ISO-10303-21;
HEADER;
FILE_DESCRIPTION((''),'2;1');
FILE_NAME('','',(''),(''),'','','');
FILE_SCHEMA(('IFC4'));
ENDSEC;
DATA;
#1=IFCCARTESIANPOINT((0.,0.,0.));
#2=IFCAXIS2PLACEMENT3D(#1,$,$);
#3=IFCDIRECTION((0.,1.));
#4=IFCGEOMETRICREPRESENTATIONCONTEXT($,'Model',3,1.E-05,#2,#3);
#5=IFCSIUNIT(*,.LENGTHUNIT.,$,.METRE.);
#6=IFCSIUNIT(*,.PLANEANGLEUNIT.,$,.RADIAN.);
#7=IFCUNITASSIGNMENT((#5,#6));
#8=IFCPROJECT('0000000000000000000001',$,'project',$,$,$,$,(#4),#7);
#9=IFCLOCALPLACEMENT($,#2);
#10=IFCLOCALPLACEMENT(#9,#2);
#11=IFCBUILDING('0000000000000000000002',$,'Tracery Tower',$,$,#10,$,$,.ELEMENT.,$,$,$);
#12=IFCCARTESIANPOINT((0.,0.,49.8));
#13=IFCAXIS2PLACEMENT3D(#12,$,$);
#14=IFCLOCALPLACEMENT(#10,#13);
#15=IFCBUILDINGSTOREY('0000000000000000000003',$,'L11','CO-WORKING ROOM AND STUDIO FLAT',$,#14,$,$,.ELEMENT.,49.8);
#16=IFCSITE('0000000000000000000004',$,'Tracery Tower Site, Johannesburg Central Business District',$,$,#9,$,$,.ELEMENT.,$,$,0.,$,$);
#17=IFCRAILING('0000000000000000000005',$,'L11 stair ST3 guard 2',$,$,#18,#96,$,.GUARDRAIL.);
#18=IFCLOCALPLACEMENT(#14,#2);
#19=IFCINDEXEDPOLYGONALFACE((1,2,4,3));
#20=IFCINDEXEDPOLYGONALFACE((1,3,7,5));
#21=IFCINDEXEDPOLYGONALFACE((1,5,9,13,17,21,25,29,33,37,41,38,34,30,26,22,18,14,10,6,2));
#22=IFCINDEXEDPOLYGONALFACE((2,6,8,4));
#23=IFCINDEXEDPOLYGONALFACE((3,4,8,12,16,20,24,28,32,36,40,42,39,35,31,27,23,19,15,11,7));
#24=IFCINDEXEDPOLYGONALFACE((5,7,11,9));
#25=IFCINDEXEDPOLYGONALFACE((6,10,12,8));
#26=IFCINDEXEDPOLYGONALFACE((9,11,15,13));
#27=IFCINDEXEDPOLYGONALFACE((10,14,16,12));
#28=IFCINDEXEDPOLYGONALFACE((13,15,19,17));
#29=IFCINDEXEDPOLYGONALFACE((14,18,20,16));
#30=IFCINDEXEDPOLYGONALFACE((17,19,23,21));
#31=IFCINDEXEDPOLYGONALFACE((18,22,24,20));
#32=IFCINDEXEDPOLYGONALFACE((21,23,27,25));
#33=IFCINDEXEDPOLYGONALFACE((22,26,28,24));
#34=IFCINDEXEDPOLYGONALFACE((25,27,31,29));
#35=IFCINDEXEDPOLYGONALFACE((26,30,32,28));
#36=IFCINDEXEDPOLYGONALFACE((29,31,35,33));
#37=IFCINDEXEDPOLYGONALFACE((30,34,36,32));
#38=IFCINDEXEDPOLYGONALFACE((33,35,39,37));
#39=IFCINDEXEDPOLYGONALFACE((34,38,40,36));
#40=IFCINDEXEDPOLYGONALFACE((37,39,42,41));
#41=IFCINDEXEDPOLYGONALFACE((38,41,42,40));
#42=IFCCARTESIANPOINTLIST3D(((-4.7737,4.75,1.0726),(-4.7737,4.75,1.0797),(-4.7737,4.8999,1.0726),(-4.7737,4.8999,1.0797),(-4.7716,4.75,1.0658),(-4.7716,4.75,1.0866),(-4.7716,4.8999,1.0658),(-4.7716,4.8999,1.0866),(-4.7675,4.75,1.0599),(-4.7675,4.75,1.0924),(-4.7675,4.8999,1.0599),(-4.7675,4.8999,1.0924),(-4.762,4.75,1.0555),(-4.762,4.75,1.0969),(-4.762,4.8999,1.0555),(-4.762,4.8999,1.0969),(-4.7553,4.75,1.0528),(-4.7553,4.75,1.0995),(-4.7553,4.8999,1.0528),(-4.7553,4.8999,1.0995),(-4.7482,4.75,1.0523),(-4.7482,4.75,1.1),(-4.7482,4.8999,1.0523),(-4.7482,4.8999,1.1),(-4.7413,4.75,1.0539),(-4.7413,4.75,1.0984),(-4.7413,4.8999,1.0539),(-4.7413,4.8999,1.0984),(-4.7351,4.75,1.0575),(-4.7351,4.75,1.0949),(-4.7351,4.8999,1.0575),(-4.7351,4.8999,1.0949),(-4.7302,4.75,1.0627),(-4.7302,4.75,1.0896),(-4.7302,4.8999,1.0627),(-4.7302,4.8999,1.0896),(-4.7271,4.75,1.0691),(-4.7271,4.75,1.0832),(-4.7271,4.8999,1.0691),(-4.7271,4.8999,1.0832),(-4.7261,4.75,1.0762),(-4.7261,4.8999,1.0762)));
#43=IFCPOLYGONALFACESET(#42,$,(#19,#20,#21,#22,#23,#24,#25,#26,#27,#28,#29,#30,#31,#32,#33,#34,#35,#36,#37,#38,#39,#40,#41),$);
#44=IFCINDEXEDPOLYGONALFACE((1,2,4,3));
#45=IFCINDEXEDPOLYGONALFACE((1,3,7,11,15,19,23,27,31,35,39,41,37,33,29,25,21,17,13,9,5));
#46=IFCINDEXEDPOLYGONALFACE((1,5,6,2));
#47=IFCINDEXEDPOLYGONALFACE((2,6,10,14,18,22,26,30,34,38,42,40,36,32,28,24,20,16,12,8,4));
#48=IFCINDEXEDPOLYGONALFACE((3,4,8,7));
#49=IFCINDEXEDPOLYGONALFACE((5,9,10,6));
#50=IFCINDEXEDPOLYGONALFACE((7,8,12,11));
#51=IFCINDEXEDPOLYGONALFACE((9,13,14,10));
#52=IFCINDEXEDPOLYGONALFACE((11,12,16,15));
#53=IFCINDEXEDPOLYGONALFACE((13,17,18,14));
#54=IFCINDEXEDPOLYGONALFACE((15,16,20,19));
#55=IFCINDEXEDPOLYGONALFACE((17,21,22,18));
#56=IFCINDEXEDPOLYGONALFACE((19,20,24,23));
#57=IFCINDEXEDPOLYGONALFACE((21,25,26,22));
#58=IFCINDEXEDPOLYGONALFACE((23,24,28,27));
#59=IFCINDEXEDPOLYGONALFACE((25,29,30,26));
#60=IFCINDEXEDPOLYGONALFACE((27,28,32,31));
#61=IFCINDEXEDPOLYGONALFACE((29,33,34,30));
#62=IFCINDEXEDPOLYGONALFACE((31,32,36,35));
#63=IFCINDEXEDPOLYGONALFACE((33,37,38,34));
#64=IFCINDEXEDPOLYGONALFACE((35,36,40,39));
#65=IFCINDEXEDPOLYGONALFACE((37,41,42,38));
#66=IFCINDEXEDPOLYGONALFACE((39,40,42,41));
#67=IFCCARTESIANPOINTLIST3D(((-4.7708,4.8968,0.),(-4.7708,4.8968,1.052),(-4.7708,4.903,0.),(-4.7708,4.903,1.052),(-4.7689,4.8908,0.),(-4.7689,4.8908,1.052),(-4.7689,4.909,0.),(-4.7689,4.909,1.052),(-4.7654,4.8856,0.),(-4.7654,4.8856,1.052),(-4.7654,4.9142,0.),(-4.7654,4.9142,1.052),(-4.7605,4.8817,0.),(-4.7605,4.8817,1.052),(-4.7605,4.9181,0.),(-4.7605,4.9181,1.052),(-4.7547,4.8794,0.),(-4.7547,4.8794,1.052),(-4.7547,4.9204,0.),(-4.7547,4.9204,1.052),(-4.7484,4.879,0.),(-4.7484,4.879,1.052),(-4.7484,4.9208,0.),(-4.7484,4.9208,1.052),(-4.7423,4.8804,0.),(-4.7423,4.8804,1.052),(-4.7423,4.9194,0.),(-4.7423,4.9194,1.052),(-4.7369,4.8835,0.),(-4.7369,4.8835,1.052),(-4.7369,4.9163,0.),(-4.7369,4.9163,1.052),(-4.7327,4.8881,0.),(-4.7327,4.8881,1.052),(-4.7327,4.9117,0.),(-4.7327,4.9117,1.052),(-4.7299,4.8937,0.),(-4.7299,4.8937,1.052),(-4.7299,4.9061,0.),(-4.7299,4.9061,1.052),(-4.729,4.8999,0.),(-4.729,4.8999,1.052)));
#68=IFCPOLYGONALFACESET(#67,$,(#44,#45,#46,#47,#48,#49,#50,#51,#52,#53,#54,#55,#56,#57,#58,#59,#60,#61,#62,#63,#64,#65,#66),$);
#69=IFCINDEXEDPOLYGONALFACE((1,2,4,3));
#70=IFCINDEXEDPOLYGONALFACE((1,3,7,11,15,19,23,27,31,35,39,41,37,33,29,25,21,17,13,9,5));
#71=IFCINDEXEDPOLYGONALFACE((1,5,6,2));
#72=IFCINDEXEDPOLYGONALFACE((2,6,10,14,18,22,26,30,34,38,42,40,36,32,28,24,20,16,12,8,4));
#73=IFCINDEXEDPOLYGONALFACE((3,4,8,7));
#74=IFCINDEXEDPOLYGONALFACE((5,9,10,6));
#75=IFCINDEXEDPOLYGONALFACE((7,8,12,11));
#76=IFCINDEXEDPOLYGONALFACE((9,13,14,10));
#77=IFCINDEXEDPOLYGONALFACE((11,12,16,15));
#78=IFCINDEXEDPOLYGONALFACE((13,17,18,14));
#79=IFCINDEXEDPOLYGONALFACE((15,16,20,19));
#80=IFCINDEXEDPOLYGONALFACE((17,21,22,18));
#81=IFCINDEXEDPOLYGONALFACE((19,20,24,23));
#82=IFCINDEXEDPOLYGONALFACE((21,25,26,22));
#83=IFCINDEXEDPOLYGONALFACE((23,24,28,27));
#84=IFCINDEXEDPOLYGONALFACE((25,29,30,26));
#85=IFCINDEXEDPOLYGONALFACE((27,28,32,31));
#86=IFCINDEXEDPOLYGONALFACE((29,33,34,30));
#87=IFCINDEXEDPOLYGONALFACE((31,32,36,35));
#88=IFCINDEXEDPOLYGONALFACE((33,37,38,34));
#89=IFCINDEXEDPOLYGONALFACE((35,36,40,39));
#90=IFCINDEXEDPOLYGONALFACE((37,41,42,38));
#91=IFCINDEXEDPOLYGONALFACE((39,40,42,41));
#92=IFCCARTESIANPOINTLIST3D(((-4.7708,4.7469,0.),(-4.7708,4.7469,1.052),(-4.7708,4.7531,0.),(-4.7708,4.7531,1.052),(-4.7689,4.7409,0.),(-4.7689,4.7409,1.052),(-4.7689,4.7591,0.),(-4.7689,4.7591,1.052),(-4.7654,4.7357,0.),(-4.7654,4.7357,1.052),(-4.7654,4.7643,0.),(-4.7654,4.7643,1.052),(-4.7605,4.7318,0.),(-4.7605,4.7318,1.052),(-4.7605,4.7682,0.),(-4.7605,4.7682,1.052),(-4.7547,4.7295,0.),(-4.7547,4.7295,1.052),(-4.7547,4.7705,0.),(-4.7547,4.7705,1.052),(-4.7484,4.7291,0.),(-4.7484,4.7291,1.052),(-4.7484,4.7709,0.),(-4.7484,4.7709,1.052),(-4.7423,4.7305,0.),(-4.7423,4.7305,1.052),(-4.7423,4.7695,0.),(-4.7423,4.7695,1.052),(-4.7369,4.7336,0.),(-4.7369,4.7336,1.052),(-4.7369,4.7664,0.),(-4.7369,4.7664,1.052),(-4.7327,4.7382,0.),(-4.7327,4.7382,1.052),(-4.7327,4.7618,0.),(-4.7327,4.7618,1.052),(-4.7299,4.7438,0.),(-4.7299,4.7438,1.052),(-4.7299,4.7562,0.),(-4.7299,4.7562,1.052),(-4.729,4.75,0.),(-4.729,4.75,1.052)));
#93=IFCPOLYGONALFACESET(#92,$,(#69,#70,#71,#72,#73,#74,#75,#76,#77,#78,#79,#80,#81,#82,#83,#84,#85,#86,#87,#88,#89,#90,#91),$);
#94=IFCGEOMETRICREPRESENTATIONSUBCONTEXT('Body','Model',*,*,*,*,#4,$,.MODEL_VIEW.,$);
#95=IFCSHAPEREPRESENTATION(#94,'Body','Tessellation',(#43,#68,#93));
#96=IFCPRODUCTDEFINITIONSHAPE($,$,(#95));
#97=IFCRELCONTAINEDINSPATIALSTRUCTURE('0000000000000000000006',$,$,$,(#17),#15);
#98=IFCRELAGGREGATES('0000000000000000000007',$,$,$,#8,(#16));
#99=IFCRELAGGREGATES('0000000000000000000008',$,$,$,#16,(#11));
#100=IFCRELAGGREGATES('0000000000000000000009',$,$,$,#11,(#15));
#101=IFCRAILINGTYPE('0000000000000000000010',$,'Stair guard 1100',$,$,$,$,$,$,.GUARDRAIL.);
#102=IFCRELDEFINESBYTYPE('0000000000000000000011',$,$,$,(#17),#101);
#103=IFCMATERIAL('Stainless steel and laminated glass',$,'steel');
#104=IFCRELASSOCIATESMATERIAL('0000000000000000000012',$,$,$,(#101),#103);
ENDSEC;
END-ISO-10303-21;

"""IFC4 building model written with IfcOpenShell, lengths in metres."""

from ifc_helpers import new_model, si_unit, direction, frame, origin, origin_2d, place, context, subcontext, project, spatial, circle, extrude, material, type_object, element, save


model = new_model("IFC4")

# Units and contexts
model_context = context("Model", 3, precision=1e-05, world=origin(), true_north=direction((0.0, 1.0)))
body_context = subcontext(model_context, "Body", "Model", "MODEL_VIEW")
ifc_project = project(units=[si_unit("LENGTHUNIT", "METRE"), si_unit("PLANEANGLEUNIT", "RADIAN")], contexts=[model_context])

# Site, building, storey
site_placement = place(None, origin())
site = spatial("IfcSite", under=ifc_project, at=site_placement, Name="Tracery Tower Site, Johannesburg Central Business District", CompositionType="ELEMENT", RefElevation=0.0)
building_placement = place(site_placement, origin())
building = spatial("IfcBuilding", under=site, at=building_placement, Name="Tracery Tower", CompositionType="ELEMENT")
storey_placement = place(building_placement, frame((0.0, 0.0, 49.8)))
storey = spatial("IfcBuildingStorey", under=building, at=storey_placement, Name="L11", Description="CO-WORKING ROOM AND STUDIO FLAT", CompositionType="ELEMENT", Elevation=49.8)

# Railing
ifc_material_1 = material(Name="Stainless steel and laminated glass", Category="steel")
railing_type_1 = type_object("IfcRailingType", Name="Stair guard 1100", PredefinedType="GUARDRAIL", material=ifc_material_1)
railing_1_placement = place(storey_placement, frame((-4.75, 4.8999, 0.0)))
element("IfcRailing", 1, at=railing_1_placement, inside=storey, type_object=railing_type_1, Name="L11 stair ST3 guard 2", PredefinedType="GUARDRAIL", context=body_context, shape_type="SweptSolid", body=[
    extrude(circle(Radius=0.0239, at=origin_2d()), frame((0.0, 0.0, 1.0762), z_axis=(0.0, -1.0, 0.0), x_axis=(1.0, 0.0, 0.0)), (0.0, 0.0, 1.0), 0.1499),
    extrude(circle(Radius=0.021, at=origin_2d()), origin(), (0.0, 0.0, 1.0), 1.052),
    extrude(circle(Radius=0.021, at=origin_2d()), frame((0.0, -0.1499, 0.0)), (0.0, 0.0, 1.0), 1.052),
])

save(model, "model.ifc")
